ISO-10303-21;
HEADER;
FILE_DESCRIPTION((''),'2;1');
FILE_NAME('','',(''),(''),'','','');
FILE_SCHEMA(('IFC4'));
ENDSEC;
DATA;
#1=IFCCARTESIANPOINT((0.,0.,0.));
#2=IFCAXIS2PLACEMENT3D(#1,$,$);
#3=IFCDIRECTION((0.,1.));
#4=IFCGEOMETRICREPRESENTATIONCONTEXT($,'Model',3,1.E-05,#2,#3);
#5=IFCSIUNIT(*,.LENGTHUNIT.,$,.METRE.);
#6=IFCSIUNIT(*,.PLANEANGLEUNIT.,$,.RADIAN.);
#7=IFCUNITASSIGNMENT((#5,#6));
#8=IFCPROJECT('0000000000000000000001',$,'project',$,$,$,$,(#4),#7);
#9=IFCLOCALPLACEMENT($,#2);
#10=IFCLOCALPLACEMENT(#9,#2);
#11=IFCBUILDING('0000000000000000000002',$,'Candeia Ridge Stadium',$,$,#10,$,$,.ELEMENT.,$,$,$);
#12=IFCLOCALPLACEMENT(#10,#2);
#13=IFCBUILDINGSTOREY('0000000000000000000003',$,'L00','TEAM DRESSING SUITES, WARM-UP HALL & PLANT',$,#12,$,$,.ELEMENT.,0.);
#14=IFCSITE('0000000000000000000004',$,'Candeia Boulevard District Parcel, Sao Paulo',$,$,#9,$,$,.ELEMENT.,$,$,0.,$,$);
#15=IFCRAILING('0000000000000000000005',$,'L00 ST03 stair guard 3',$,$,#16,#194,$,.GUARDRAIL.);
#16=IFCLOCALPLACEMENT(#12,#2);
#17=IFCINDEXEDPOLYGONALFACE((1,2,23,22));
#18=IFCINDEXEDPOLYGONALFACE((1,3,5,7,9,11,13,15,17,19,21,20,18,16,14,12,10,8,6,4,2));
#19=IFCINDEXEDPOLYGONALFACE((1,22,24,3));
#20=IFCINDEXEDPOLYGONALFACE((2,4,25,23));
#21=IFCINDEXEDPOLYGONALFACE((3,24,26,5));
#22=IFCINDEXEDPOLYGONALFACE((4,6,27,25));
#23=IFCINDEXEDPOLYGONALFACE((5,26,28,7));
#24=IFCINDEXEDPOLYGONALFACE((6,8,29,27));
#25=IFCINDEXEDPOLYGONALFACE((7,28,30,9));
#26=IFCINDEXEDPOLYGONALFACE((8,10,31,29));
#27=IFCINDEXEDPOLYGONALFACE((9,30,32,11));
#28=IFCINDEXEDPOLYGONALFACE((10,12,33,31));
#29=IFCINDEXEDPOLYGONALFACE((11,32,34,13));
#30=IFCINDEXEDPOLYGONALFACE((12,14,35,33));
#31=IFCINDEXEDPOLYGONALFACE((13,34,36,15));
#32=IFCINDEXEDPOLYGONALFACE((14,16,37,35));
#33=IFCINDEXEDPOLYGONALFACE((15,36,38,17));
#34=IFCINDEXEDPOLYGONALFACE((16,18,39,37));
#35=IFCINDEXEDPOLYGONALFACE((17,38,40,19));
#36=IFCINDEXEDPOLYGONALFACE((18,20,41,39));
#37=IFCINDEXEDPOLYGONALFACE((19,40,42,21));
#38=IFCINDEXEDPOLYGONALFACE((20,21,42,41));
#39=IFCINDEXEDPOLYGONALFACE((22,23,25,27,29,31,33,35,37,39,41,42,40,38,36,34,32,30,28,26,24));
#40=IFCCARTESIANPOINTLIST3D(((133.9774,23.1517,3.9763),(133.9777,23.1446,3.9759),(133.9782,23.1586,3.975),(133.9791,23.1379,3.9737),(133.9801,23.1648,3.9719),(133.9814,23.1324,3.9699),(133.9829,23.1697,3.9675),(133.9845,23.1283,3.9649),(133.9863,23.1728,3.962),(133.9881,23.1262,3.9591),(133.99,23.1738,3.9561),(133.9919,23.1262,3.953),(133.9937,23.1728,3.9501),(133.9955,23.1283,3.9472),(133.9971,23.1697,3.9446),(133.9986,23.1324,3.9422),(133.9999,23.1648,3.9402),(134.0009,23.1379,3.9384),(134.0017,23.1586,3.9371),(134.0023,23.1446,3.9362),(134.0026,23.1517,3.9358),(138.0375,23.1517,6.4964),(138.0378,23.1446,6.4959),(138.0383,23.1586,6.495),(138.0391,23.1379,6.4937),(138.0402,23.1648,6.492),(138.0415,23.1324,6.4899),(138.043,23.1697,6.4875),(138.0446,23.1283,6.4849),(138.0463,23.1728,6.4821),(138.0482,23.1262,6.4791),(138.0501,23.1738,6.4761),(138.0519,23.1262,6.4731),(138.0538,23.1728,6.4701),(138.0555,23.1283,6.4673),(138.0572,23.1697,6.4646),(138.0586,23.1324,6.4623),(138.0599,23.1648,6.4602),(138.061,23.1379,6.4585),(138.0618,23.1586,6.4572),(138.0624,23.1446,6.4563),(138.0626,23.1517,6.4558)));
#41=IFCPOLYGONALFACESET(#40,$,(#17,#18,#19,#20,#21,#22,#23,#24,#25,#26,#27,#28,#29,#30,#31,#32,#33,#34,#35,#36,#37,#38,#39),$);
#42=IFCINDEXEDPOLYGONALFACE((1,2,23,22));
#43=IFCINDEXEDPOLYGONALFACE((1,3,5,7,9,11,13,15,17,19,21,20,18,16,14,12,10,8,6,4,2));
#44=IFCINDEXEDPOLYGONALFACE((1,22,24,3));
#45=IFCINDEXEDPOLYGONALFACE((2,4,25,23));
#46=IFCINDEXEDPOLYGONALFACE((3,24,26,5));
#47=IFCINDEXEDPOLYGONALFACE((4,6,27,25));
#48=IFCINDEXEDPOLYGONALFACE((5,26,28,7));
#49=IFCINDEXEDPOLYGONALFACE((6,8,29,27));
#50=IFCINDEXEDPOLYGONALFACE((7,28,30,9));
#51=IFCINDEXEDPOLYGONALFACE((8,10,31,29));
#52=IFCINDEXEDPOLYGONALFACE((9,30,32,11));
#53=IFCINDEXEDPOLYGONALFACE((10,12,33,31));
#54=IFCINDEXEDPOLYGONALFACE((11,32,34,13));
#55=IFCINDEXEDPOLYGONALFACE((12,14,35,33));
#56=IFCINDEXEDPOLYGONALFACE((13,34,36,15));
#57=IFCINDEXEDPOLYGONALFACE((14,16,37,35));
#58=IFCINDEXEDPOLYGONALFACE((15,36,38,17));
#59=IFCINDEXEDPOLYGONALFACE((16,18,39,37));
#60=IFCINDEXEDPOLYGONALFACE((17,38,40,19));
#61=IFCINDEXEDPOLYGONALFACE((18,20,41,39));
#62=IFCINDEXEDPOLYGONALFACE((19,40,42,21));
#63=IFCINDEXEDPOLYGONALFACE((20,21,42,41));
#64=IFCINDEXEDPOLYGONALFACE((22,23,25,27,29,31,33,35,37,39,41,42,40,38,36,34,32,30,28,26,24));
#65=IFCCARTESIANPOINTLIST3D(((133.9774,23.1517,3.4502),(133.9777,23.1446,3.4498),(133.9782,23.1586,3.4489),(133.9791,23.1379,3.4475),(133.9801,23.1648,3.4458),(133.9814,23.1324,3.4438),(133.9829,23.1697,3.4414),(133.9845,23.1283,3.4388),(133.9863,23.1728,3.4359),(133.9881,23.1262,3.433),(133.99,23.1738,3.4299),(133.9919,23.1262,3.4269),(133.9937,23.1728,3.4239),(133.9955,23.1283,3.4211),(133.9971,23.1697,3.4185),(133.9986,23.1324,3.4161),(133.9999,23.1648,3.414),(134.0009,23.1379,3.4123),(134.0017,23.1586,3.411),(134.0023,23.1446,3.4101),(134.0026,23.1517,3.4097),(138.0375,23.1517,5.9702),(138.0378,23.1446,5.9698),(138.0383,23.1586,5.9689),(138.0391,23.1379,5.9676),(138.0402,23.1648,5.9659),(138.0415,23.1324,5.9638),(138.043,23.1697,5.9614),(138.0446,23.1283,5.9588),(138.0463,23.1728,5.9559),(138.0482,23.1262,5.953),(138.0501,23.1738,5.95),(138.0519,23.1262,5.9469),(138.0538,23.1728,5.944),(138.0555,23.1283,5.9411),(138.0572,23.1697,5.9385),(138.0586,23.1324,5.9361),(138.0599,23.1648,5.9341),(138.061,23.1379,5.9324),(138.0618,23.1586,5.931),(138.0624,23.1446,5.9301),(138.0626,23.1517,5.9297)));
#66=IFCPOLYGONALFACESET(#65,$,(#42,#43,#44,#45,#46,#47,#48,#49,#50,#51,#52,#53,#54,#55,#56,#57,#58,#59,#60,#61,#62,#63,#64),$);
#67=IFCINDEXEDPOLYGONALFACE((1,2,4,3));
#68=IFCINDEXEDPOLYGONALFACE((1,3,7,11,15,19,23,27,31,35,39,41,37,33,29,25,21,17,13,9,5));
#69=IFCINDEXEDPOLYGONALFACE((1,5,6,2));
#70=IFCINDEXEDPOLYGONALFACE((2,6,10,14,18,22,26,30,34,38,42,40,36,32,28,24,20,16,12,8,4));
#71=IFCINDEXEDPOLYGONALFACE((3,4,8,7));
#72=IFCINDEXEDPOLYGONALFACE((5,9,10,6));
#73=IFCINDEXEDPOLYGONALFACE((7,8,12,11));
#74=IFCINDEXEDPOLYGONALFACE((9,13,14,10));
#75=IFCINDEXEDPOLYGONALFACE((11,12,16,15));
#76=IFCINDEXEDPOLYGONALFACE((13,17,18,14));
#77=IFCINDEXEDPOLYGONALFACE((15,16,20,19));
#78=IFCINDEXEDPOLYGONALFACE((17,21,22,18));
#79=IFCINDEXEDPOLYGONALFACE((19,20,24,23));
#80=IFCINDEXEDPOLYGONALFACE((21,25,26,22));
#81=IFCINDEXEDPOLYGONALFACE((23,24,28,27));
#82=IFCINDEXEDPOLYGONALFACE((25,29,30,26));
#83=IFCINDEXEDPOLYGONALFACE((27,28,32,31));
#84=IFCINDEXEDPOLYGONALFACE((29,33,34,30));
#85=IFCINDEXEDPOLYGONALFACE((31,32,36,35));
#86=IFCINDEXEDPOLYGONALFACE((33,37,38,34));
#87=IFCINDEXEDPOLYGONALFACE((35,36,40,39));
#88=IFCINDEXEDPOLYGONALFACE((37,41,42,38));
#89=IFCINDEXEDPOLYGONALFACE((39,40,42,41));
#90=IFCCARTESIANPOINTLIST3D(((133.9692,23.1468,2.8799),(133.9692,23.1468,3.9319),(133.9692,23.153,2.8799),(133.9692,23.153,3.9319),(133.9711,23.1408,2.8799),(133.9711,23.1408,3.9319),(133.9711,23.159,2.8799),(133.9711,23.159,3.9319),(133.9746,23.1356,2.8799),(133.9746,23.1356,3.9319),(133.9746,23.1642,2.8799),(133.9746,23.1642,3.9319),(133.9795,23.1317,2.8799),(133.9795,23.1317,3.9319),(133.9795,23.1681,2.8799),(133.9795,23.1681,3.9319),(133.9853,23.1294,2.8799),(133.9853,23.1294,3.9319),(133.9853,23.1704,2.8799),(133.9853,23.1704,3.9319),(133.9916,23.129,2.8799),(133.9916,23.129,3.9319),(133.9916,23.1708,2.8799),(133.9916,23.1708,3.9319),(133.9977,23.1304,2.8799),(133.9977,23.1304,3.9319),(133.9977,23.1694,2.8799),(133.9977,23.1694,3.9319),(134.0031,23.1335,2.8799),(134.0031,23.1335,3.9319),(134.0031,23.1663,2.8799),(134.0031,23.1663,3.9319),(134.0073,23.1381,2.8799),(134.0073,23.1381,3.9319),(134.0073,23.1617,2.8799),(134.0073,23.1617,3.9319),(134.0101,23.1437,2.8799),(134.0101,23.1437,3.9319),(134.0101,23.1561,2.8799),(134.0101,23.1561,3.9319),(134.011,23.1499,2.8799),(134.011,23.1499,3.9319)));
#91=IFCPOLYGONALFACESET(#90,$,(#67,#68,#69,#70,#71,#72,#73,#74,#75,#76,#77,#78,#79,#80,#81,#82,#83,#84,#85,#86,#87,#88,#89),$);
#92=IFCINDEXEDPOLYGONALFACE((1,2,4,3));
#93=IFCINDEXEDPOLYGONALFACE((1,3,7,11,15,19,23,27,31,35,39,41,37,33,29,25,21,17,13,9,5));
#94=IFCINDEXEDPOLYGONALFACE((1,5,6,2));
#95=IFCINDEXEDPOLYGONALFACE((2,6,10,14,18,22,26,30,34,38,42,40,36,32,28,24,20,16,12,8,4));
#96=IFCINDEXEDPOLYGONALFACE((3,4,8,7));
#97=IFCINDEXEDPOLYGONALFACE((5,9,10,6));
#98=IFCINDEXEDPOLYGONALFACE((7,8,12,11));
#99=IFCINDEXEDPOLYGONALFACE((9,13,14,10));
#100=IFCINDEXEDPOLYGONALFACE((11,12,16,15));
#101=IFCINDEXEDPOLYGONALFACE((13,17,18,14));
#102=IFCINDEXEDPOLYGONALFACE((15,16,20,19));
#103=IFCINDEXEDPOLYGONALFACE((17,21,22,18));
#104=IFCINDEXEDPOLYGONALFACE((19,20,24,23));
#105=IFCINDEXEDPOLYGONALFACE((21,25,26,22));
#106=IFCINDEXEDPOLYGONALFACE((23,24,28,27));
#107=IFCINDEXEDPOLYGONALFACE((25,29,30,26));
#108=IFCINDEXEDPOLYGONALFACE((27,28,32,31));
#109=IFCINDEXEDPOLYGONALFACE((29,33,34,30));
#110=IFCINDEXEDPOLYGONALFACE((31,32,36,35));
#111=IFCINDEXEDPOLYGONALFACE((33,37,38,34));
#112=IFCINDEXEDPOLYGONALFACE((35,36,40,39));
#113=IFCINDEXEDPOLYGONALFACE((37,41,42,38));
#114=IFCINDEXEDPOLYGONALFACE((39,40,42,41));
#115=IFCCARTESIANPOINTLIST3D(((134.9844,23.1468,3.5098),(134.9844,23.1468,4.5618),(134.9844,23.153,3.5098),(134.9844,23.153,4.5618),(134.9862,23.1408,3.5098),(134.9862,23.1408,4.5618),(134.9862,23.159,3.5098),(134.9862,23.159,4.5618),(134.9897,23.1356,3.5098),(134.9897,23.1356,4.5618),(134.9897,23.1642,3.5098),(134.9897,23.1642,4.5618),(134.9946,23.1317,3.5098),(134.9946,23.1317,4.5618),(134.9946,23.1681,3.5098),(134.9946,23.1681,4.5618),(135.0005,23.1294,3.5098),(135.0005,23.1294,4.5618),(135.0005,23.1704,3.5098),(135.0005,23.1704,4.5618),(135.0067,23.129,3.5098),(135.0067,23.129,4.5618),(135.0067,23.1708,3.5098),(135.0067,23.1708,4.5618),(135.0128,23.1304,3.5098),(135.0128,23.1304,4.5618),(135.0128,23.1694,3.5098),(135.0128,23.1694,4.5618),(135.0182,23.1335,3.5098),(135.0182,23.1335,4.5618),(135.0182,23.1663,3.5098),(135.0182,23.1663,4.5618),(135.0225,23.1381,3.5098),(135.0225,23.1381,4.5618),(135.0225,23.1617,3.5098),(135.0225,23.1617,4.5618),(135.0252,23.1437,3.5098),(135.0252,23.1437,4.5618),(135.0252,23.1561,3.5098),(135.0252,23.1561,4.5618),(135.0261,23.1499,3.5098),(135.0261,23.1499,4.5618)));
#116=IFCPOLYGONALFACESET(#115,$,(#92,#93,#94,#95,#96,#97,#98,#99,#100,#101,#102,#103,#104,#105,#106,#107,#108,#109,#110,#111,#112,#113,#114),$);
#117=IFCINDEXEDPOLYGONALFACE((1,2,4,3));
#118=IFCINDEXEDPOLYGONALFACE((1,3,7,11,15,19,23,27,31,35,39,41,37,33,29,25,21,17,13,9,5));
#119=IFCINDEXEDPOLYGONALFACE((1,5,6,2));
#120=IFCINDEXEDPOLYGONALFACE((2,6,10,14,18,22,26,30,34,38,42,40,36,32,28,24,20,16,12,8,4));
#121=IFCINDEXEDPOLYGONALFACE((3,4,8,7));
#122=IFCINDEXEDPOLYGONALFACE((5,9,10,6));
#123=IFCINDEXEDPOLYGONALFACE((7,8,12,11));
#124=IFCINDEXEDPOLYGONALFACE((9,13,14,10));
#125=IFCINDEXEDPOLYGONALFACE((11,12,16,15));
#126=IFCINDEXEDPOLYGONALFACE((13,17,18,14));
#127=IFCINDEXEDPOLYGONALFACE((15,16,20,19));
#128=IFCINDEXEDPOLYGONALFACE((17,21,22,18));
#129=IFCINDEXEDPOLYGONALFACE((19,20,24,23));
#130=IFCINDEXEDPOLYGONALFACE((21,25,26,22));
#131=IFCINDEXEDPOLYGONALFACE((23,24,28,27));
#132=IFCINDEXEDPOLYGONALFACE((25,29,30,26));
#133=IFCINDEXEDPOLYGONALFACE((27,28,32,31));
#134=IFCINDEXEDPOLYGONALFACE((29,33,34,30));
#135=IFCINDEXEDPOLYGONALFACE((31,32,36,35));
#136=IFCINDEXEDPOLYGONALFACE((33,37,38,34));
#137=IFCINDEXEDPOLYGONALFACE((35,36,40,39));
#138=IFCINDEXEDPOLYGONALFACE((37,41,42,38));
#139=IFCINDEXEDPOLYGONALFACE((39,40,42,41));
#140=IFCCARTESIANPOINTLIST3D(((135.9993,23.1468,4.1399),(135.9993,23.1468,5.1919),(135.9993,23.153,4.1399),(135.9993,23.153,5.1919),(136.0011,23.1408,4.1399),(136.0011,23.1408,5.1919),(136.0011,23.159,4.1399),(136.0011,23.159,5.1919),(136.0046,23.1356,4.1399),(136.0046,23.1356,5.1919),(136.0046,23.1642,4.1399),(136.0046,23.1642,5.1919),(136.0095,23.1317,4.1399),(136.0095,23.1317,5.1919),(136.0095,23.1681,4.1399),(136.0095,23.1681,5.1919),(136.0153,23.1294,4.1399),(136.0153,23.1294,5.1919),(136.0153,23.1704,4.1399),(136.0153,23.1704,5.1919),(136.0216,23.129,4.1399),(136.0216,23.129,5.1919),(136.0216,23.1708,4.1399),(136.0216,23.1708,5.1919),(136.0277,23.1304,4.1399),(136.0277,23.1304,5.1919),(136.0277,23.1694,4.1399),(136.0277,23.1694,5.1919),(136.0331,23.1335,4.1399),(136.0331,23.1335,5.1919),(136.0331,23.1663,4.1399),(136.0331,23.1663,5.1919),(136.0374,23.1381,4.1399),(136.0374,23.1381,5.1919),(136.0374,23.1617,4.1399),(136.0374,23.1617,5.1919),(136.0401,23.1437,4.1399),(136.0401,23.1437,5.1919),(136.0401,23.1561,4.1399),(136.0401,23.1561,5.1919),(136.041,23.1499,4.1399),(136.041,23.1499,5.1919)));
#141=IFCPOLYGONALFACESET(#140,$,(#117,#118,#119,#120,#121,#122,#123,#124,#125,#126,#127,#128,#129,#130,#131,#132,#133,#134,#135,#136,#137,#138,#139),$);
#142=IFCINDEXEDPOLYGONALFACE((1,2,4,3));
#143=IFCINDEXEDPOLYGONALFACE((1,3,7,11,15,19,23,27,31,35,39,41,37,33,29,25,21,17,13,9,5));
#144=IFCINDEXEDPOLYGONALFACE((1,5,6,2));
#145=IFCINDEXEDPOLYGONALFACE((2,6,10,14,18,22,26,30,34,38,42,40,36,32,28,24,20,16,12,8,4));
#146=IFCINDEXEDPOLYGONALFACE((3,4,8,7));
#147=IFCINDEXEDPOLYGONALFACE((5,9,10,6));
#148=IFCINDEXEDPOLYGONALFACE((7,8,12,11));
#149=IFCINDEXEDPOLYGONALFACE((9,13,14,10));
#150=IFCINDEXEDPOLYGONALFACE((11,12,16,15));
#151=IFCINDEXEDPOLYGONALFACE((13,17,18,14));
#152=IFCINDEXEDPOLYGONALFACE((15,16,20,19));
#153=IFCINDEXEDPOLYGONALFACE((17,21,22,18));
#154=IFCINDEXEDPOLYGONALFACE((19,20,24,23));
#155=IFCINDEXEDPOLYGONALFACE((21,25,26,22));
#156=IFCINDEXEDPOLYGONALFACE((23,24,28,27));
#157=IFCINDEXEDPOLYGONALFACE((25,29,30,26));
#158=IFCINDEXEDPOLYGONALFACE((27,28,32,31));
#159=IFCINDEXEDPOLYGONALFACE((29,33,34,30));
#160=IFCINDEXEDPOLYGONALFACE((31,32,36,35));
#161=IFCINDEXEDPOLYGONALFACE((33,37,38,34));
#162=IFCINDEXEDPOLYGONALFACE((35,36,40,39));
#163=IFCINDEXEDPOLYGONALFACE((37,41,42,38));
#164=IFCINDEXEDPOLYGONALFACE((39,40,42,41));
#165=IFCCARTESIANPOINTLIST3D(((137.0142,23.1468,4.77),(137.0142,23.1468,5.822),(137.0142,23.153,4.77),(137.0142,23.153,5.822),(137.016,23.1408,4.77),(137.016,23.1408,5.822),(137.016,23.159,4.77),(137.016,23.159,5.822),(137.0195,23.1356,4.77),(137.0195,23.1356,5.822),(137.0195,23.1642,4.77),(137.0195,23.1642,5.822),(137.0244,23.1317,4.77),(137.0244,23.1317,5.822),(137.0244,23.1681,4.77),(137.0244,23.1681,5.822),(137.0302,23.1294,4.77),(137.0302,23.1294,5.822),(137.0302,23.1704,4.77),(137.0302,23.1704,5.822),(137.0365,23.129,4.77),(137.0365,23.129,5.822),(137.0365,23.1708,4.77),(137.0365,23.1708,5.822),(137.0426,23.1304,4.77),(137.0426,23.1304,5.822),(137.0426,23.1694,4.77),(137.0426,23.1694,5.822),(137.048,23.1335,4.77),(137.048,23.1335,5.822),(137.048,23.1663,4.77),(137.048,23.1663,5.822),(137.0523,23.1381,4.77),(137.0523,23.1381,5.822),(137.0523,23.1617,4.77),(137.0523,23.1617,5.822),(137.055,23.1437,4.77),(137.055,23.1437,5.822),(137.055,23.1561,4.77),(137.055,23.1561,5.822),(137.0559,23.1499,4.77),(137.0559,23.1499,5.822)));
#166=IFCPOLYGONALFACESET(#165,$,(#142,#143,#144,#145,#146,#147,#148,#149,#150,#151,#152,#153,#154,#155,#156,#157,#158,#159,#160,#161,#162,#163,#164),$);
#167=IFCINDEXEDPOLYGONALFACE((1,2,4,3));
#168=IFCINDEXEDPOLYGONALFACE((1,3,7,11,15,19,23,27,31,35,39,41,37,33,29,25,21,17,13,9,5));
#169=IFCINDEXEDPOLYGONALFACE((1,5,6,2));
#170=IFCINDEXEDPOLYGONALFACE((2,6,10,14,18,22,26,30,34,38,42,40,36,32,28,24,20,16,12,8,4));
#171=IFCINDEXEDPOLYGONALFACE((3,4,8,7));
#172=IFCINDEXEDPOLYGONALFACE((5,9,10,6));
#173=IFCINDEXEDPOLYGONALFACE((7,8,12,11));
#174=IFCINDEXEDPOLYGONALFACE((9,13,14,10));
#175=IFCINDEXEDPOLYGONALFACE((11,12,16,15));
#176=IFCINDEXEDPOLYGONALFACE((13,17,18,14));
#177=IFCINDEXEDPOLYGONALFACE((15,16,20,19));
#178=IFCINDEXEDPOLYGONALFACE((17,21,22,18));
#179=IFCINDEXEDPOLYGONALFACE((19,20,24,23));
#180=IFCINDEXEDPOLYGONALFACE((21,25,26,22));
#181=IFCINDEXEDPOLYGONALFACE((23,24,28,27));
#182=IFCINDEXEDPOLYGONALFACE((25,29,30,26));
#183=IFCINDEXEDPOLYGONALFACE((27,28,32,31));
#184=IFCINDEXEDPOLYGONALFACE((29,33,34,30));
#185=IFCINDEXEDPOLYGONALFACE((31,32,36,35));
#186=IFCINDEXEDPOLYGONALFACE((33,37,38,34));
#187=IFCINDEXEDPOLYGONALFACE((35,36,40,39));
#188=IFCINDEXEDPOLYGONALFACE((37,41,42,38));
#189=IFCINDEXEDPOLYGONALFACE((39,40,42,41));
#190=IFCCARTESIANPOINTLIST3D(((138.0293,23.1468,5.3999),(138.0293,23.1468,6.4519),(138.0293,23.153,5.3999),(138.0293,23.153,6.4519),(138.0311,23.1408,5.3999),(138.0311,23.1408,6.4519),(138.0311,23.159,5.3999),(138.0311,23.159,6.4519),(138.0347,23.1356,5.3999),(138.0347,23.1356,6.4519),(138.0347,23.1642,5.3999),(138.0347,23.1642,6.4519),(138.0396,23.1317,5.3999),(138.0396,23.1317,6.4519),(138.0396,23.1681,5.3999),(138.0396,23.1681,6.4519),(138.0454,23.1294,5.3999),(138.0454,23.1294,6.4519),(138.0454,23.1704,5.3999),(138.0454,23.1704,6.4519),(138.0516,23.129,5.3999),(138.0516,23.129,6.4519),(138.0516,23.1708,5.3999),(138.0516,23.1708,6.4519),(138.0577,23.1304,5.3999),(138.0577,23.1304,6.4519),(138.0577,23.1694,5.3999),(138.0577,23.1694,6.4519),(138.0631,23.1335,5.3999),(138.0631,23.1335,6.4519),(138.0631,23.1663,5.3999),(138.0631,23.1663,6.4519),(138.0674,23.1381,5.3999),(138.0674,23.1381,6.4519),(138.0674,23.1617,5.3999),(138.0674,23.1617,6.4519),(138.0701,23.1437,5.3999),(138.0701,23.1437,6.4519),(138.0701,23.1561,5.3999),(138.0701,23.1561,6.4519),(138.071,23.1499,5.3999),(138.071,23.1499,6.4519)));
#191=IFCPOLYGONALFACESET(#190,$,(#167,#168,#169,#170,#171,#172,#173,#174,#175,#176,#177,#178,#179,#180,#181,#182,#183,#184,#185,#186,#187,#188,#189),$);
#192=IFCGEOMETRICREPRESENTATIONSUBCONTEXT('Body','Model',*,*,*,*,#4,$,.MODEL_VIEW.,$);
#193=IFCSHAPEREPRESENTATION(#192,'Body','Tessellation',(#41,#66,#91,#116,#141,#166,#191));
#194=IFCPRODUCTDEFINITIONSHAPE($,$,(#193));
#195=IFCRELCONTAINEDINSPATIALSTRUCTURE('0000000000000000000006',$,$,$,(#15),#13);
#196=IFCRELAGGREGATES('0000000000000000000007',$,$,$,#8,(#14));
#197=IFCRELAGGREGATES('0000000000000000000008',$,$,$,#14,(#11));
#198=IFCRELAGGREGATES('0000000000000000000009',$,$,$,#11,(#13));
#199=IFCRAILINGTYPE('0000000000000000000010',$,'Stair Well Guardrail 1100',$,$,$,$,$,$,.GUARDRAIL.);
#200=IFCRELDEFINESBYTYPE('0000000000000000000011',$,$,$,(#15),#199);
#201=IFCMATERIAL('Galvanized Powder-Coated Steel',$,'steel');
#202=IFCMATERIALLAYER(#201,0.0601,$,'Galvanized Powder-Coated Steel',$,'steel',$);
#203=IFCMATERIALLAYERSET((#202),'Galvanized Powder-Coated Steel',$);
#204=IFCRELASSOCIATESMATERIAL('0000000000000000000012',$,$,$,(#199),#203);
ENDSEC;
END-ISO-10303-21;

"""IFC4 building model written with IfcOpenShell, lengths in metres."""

from ifc_helpers import new_model, si_unit, direction, frame, origin, origin_2d, place, context, subcontext, project, spatial, circle, extrude, material, layer, layer_set, type_object, element, save


model = new_model("IFC4")

# Units and contexts
model_context = context("Model", 3, precision=1e-05, world=origin(), true_north=direction((0.0, 1.0)))
body_context = subcontext(model_context, "Body", "Model", "MODEL_VIEW")
ifc_project = project(units=[si_unit("LENGTHUNIT", "METRE"), si_unit("PLANEANGLEUNIT", "RADIAN")], contexts=[model_context])

# Site, building, storey
site_placement = place(None, origin())
site = spatial("IfcSite", under=ifc_project, at=site_placement, Name="Candeia Boulevard District Parcel, Sao Paulo", CompositionType="ELEMENT", RefElevation=0.0)
building_placement = place(site_placement, origin())
building = spatial("IfcBuilding", under=site, at=building_placement, Name="Candeia Ridge Stadium", CompositionType="ELEMENT")
storey_placement = place(building_placement, origin())
storey = spatial("IfcBuildingStorey", under=building, at=storey_placement, Name="L00", Description="TEAM DRESSING SUITES, WARM-UP HALL & PLANT", CompositionType="ELEMENT", Elevation=0.0)

# Railing
ifc_material_1 = material(Name="Galvanized Powder-Coated Steel", Category="steel")
ifc_layer_1 = layer(ifc_material_1, 0.0601, Name="Galvanized Powder-Coated Steel", Category="steel")
ifc_layer_set_1 = layer_set([ifc_layer_1], Name="Galvanized Powder-Coated Steel")
railing_type_1 = type_object("IfcRailingType", Name="Stair Well Guardrail 1100", PredefinedType="GUARDRAIL", material=ifc_layer_set_1)
railing_1_placement = place(storey_placement, frame((133.99, 23.1499, 2.8799)))
element("IfcRailing", 1, at=railing_1_placement, inside=storey, type_object=railing_type_1, Name="L00 ST03 stair guard 3", PredefinedType="GUARDRAIL", context=body_context, shape_type="SweptSolid", body=[
    extrude(circle(Radius=0.0239, at=origin_2d()), frame((0.0, 0.0, 1.0762), z_axis=(0.849642, 0.0, 0.52736), x_axis=(0.0, 1.0, 0.0)), (0.0, 0.0, 1.0), 4.7786),
    extrude(circle(Radius=0.0239, at=origin_2d()), frame((0.0, 0.0, 0.55), z_axis=(0.849642, 0.0, 0.52736), x_axis=(0.0, 1.0, 0.0)), (0.0, 0.0, 1.0), 4.7786),
    extrude(circle(Radius=0.021, at=origin_2d()), origin(), (0.0, 0.0, 1.0), 1.052),
    extrude(circle(Radius=0.021, at=origin_2d()), frame((1.0151, 0.0, 0.6299)), (0.0, 0.0, 1.0), 1.052),
    extrude(circle(Radius=0.021, at=origin_2d()), frame((2.03, 0.0, 1.26)), (0.0, 0.0, 1.0), 1.052),
    extrude(circle(Radius=0.021, at=origin_2d()), frame((3.0449, 0.0, 1.8901)), (0.0, 0.0, 1.0), 1.052),
    extrude(circle(Radius=0.021, at=origin_2d()), frame((4.0601, 0.0, 2.52)), (0.0, 0.0, 1.0), 1.052),
])

save(model, "model.ifc")
